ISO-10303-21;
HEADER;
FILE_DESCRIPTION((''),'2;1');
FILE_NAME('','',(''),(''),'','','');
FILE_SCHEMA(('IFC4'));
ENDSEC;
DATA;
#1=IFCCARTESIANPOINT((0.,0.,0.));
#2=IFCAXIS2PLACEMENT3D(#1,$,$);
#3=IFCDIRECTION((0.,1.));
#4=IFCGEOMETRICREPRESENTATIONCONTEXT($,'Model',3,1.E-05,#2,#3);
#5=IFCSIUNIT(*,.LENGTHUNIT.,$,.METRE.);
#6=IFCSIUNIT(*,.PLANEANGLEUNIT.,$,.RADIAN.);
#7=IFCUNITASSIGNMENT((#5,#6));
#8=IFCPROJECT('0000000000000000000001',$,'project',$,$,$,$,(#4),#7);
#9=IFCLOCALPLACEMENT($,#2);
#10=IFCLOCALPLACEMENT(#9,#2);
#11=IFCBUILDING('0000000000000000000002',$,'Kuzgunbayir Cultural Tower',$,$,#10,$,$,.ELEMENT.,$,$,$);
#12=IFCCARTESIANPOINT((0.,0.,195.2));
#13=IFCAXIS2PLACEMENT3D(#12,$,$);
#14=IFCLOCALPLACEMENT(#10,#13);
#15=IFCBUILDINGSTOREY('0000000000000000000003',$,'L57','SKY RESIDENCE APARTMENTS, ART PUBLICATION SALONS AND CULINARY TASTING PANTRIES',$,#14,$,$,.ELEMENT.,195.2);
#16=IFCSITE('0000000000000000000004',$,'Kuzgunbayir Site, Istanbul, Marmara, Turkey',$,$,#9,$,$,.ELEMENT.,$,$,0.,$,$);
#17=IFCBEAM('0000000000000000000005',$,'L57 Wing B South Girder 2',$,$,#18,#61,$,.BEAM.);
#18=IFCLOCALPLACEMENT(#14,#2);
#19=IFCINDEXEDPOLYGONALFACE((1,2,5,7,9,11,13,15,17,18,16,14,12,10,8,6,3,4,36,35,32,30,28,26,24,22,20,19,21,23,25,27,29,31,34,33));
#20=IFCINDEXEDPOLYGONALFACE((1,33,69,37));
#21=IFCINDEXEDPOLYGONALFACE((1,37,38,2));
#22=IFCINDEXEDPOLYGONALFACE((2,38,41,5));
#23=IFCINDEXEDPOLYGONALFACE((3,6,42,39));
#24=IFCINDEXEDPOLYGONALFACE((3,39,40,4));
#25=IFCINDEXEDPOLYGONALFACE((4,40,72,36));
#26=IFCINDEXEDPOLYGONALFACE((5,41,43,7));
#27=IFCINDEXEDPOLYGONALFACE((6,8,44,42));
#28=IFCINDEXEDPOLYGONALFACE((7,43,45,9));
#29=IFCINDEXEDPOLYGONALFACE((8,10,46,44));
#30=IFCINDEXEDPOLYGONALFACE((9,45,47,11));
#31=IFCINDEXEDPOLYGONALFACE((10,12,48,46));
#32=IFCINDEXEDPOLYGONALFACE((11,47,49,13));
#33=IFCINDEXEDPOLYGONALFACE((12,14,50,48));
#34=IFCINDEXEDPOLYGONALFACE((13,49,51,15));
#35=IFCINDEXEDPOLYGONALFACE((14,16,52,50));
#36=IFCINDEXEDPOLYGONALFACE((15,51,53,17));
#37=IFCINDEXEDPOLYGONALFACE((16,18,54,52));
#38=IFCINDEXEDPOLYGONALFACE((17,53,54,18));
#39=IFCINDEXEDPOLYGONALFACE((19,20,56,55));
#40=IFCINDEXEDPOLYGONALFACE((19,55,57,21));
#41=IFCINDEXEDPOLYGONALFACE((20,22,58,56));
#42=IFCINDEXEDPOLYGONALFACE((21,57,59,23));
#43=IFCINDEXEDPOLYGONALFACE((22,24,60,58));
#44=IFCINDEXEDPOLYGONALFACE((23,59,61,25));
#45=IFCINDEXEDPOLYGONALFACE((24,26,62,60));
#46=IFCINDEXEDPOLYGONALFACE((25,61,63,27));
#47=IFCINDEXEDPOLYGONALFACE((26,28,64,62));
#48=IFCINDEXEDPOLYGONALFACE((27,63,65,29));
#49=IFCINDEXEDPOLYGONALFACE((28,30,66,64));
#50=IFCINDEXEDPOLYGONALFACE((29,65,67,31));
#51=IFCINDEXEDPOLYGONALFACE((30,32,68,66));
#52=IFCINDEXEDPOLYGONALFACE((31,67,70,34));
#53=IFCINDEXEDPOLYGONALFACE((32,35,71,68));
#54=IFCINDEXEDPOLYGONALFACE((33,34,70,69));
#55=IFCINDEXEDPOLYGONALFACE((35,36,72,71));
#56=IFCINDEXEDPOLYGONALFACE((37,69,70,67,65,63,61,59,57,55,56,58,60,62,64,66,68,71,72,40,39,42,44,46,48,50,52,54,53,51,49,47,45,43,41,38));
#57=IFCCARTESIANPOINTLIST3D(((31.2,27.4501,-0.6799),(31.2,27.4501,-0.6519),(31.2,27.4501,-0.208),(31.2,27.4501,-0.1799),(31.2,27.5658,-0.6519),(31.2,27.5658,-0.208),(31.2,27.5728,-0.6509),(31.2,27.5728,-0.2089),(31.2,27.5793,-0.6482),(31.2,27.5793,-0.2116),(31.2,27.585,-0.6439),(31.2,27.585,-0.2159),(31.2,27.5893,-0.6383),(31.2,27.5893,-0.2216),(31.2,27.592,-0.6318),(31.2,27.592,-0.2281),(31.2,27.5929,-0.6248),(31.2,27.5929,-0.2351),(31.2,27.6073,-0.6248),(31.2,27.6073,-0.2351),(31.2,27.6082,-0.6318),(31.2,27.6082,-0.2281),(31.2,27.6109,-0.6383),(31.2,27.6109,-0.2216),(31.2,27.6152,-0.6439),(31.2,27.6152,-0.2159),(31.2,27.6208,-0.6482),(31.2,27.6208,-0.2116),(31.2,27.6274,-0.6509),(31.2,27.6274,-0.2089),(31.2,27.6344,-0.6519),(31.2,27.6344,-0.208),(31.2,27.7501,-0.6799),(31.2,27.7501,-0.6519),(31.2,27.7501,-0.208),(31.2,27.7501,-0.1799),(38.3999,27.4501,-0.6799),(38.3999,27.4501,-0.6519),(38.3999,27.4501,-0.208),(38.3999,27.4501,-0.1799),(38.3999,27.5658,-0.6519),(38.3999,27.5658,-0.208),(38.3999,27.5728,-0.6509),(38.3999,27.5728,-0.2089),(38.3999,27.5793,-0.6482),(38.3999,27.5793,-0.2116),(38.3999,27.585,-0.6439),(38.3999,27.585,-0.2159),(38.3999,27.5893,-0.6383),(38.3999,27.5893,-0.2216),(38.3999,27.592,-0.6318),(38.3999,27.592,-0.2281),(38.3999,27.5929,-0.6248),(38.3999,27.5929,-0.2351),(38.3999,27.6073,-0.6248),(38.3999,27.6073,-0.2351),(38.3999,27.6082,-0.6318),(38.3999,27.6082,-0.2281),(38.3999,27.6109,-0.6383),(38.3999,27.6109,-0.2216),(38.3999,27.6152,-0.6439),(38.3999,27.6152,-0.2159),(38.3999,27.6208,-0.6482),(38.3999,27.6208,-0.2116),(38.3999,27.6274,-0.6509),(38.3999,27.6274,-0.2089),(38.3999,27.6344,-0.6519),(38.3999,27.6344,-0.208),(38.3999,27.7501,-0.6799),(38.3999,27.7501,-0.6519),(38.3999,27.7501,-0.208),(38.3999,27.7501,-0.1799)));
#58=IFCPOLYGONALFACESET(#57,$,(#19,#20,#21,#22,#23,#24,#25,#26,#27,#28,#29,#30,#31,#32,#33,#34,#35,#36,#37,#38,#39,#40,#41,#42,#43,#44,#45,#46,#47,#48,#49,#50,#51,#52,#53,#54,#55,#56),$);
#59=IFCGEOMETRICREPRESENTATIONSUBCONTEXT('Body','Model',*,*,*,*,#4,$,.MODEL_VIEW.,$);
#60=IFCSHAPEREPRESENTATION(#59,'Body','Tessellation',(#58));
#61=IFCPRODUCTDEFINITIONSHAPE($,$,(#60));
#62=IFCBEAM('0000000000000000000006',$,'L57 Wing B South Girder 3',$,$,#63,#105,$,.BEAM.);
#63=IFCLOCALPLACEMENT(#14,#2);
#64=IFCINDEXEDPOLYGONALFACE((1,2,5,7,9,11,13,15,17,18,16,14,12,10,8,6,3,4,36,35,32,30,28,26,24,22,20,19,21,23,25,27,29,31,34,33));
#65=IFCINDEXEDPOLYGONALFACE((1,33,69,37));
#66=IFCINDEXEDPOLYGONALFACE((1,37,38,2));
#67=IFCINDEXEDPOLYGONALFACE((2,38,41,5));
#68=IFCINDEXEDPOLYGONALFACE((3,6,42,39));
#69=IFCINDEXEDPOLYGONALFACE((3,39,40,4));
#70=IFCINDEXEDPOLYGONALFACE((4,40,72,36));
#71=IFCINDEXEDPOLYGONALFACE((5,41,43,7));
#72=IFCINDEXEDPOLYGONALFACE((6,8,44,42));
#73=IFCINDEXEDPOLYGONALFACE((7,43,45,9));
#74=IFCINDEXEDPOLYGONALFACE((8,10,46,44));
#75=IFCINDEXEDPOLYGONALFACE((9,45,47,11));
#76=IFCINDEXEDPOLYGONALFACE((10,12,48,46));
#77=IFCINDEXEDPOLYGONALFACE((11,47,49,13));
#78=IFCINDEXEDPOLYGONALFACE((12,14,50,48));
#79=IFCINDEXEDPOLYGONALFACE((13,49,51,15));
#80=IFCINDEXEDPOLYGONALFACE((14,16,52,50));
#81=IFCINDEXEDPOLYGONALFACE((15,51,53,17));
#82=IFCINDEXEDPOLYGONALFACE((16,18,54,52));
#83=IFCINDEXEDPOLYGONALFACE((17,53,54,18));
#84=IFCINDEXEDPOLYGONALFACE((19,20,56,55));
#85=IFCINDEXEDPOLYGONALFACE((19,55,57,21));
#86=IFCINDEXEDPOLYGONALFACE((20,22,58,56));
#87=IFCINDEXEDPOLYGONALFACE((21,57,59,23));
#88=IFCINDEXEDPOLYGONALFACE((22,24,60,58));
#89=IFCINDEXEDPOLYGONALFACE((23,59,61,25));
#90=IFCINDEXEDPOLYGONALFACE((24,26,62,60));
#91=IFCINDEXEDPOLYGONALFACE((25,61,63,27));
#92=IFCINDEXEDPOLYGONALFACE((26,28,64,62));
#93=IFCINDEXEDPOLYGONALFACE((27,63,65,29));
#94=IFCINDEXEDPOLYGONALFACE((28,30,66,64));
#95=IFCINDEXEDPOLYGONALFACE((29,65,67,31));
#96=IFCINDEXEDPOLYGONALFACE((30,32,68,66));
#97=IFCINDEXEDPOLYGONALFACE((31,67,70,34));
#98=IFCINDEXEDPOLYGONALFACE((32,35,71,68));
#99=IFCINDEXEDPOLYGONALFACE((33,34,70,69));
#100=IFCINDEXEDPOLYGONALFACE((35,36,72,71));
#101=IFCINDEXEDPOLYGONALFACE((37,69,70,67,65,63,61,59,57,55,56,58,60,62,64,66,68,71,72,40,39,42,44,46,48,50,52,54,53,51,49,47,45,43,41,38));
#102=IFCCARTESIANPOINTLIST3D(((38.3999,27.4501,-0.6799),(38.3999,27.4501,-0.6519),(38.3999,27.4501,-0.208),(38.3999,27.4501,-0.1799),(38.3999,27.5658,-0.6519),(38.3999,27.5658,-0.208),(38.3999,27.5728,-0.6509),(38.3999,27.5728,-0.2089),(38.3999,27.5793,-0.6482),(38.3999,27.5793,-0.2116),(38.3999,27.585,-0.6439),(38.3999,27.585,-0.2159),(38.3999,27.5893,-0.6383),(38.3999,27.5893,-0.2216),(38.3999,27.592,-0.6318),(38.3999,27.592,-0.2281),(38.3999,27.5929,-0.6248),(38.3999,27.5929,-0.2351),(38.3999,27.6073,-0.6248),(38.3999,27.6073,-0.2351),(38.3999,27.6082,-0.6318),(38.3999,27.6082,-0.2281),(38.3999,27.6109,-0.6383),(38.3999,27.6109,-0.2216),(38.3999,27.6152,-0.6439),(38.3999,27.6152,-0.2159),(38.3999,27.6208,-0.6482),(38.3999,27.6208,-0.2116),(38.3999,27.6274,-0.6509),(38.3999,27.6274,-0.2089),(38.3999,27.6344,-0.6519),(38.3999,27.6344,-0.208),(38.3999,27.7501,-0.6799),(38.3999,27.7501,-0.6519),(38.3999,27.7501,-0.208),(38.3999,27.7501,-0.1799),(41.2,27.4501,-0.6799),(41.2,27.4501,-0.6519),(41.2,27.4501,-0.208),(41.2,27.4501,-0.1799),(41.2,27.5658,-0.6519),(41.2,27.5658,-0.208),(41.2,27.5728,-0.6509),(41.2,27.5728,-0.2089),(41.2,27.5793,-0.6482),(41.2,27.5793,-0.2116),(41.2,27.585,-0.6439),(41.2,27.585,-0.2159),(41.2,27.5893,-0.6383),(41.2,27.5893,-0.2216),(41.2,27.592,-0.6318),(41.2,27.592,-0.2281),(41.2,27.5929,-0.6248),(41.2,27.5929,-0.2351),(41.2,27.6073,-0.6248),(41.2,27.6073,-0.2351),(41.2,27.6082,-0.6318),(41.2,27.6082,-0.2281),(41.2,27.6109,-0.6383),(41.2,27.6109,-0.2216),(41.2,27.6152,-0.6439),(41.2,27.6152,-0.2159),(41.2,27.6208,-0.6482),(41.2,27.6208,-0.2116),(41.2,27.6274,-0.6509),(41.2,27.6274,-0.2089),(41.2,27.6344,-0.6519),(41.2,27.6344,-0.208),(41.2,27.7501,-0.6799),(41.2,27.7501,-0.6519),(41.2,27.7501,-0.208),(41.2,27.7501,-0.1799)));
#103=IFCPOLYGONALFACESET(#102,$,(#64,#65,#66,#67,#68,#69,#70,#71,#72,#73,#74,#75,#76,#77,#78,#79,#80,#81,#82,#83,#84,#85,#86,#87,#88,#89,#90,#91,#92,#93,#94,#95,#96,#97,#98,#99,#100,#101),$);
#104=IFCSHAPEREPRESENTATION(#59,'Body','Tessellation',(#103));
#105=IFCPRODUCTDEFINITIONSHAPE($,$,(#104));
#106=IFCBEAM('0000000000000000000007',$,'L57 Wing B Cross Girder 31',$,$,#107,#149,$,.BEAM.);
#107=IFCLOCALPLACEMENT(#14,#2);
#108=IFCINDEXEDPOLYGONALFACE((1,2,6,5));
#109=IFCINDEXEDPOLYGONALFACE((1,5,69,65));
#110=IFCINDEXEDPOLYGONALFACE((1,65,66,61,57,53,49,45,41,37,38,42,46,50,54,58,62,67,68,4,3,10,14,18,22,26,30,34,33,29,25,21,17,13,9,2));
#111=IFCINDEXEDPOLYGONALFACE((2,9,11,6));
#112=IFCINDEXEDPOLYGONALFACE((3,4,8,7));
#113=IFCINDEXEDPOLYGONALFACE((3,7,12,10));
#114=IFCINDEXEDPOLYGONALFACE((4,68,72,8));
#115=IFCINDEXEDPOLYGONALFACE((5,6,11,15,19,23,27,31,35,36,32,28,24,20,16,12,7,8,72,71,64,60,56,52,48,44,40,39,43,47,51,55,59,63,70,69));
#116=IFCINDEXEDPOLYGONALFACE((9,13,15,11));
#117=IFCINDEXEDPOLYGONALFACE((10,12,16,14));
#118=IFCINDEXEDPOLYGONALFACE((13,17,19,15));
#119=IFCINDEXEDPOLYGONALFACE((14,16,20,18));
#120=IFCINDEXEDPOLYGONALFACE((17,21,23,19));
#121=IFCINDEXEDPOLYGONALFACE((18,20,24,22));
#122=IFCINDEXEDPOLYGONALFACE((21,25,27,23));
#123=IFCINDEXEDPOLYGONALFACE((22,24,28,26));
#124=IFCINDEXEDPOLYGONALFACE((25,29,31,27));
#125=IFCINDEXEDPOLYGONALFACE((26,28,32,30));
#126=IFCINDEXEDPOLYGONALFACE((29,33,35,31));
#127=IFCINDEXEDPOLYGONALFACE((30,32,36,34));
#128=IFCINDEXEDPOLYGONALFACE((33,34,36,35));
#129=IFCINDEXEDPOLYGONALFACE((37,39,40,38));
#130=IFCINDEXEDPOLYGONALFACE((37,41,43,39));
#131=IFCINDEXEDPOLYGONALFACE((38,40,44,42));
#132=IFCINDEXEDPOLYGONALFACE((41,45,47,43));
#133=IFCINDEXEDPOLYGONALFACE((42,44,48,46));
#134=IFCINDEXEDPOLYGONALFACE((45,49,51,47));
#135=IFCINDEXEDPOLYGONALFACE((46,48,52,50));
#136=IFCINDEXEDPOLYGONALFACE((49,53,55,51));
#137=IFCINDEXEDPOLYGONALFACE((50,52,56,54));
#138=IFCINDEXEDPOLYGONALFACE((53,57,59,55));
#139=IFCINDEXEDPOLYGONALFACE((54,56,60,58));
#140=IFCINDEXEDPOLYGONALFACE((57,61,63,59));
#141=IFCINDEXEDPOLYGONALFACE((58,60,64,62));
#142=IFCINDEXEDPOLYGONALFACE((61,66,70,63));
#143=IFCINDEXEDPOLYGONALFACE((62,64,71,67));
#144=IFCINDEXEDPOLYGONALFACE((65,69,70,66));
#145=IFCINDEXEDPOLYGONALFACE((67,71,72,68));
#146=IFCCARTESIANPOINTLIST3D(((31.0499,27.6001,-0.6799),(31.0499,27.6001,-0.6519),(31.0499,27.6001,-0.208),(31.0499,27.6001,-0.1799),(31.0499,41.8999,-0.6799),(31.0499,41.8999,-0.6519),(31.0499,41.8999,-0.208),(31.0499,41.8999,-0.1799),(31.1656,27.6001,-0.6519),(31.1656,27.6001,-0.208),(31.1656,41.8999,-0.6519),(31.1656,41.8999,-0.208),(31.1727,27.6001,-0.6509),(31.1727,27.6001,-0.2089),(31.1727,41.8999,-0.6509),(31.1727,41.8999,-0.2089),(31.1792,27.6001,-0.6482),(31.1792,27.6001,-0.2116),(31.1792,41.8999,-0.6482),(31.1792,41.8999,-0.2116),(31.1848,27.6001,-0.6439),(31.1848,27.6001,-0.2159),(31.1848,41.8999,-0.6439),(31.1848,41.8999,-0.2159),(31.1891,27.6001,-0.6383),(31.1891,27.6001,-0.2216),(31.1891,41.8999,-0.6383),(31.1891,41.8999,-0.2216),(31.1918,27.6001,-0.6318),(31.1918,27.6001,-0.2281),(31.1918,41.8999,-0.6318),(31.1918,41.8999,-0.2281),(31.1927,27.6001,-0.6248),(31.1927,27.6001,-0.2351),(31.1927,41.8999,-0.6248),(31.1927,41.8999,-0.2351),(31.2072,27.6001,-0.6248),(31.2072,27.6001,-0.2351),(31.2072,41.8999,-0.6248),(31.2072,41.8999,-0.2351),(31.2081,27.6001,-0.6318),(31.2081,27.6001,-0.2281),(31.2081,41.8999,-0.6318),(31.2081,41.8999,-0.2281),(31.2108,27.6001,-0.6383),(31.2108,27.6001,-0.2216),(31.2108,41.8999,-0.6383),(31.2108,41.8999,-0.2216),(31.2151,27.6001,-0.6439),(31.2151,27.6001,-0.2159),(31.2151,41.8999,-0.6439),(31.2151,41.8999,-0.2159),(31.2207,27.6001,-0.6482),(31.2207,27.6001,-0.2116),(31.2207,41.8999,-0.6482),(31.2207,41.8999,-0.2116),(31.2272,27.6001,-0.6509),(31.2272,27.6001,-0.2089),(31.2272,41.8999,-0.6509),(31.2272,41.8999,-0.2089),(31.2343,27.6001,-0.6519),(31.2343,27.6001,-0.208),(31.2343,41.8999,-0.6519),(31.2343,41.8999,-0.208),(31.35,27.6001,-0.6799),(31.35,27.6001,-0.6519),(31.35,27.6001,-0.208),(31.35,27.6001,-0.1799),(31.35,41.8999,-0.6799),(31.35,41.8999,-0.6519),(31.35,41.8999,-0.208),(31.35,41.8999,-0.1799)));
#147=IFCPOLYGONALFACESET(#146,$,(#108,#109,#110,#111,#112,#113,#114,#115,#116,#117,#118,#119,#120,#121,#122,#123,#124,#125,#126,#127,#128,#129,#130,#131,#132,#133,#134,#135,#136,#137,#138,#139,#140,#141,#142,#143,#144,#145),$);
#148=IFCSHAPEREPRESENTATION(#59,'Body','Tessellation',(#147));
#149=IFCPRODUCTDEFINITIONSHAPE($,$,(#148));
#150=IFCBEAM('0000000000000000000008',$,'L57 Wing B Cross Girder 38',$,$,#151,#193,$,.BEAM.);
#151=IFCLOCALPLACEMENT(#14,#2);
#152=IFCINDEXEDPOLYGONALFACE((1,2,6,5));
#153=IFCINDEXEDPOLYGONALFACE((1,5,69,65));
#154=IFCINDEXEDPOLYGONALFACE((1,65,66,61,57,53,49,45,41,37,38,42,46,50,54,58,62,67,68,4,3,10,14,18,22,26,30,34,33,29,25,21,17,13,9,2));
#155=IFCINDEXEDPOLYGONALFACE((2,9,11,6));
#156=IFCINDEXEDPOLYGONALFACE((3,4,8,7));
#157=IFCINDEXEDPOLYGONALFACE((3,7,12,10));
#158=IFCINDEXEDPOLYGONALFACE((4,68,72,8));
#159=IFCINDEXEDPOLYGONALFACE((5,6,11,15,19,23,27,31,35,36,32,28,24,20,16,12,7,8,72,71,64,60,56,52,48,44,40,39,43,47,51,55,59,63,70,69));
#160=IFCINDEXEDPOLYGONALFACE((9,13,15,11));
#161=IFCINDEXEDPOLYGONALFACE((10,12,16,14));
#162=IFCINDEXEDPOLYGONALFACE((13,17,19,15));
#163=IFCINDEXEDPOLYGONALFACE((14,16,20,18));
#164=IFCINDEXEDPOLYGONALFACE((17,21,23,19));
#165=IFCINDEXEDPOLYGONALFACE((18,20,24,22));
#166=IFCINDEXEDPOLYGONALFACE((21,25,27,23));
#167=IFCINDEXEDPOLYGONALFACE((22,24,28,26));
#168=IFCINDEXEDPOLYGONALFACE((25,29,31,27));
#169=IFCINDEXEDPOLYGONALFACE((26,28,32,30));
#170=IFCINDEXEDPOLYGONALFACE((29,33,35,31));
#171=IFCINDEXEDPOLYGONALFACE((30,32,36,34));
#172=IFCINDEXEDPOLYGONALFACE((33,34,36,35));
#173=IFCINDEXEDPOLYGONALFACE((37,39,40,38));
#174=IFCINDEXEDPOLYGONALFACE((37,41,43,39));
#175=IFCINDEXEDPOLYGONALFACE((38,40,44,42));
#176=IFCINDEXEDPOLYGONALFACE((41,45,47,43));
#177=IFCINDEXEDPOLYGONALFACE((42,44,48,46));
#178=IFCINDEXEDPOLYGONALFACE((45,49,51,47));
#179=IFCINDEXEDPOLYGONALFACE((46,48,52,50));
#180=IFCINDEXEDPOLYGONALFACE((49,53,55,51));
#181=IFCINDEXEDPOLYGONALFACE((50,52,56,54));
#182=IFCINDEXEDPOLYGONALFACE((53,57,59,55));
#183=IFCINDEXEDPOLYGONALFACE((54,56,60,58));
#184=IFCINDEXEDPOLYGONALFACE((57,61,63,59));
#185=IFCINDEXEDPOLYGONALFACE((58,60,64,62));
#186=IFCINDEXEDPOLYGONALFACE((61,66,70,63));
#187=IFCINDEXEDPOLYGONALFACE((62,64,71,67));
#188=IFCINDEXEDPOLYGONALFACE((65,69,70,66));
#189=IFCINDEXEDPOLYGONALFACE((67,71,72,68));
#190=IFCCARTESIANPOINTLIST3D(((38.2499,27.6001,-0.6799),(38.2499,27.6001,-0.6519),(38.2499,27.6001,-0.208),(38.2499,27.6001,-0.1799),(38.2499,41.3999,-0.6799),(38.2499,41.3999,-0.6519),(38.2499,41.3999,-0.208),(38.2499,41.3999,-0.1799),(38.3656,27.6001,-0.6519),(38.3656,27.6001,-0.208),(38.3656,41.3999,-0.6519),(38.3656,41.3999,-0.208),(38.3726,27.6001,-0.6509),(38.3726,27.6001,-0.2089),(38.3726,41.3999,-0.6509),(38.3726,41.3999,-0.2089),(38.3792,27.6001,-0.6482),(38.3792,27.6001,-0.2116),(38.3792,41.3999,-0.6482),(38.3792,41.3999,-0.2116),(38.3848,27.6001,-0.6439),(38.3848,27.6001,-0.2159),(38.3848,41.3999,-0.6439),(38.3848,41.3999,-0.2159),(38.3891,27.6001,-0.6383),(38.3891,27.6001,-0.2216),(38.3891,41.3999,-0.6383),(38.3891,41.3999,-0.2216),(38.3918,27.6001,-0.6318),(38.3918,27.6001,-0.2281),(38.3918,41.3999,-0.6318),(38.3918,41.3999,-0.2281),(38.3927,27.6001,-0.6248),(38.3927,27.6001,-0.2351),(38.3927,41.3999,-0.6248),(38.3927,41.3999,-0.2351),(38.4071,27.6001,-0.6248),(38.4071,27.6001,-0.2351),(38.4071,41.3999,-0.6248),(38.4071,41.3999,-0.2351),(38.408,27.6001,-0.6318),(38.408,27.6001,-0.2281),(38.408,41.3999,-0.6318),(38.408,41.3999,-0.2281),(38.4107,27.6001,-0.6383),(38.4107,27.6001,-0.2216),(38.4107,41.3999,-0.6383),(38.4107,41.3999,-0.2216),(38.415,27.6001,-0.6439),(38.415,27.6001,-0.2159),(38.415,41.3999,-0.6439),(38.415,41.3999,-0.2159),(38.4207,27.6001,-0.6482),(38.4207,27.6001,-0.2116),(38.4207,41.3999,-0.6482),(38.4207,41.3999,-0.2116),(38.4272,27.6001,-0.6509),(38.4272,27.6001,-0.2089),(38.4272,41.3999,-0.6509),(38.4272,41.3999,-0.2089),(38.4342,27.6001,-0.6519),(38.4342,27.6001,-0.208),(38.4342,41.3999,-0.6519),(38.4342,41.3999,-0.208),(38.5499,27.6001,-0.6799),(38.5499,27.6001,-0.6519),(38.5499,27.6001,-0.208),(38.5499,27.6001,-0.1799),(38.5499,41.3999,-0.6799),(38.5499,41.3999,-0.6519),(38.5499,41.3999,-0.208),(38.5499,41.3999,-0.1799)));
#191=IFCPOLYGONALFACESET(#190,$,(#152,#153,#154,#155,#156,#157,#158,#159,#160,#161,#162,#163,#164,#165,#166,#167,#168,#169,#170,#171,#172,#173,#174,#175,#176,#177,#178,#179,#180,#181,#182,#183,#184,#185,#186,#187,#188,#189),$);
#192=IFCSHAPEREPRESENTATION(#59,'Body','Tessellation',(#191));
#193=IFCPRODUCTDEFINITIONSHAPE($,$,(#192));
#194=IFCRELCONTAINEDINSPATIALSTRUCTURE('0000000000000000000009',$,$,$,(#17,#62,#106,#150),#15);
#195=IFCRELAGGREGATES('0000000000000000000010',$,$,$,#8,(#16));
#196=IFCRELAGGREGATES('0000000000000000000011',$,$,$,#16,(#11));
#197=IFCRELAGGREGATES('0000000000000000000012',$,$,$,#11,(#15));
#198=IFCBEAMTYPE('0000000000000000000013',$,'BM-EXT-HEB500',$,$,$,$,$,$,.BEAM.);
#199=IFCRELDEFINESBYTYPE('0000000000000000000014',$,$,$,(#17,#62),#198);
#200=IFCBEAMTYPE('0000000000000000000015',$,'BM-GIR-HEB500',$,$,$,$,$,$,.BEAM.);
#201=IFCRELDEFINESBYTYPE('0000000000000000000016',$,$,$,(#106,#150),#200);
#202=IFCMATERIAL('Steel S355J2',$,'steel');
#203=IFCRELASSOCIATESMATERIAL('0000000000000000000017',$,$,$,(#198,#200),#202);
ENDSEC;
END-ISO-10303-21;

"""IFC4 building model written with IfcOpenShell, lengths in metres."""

from ifc_helpers import new_model, si_unit, direction, frame, origin, origin_2d, place, context, subcontext, project, spatial, i_section, extrude, material, material_profile, profile_set, type_object, element, save


model = new_model("IFC4")

# Units and contexts
model_context = context("Model", 3, precision=1e-05, world=origin(), true_north=direction((0.0, 1.0)))
body_context = subcontext(model_context, "Body", "Model", "MODEL_VIEW")
ifc_project = project(units=[si_unit("LENGTHUNIT", "METRE"), si_unit("PLANEANGLEUNIT", "RADIAN")], contexts=[model_context])

# Site, building, storey
site_placement = place(None, origin())
site = spatial("IfcSite", under=ifc_project, at=site_placement, Name="Kuzgunbayir Site, Istanbul, Marmara, Turkey", CompositionType="ELEMENT", RefElevation=0.0)
building_placement = place(site_placement, origin())
building = spatial("IfcBuilding", under=site, at=building_placement, Name="Kuzgunbayir Cultural Tower", CompositionType="ELEMENT")
storey_placement = place(building_placement, frame((0.0, 0.0, 195.2)))
storey = spatial("IfcBuildingStorey", under=building, at=storey_placement, Name="L57", Description="SKY RESIDENCE APARTMENTS, ART PUBLICATION SALONS AND CULINARY TASTING PANTRIES", CompositionType="ELEMENT", Elevation=195.2)

# Beams
ifc_material_1 = material(Name="Steel S355J2", Category="steel")
ifc_material_profile_1 = material_profile(ifc_material_1, i_section(OverallWidth=0.3, OverallDepth=0.5, WebThickness=0.0144, FlangeThickness=0.0281, FilletRadius=0.0271, at=origin_2d()), Name="HEB 500")
ifc_profile_set_1 = profile_set([ifc_material_profile_1], Name="Steel S355J2")
beam_type_1 = type_object("IfcBeamType", Name="BM-EXT-HEB500", PredefinedType="BEAM", material=ifc_profile_set_1)
beam_1_placement = place(storey_placement, frame((31.2, 27.6001, -0.4299), z_axis=(1.0, 0.0, 0.0), x_axis=(0.0, 1.0, 0.0)))
element("IfcBeam", 1, at=beam_1_placement, inside=storey, type_object=beam_type_1, Name="L57 Wing B South Girder 2", PredefinedType="BEAM", context=body_context, shape_type="SweptSolid", body=[
    extrude(i_section(OverallWidth=0.3, OverallDepth=0.5, WebThickness=0.0144, FlangeThickness=0.0281, FilletRadius=0.0271, at=origin_2d()), origin(), (0.0, 0.0, 1.0), 7.2),
])
beam_2_placement = place(storey_placement, frame((38.3999, 27.6001, -0.4299), z_axis=(1.0, 0.0, 0.0), x_axis=(0.0, 1.0, 0.0)))
element("IfcBeam", 2, at=beam_2_placement, inside=storey, type_object=beam_type_1, Name="L57 Wing B South Girder 3", PredefinedType="BEAM", context=body_context, shape_type="SweptSolid", body=[
    extrude(i_section(OverallWidth=0.3, OverallDepth=0.5, WebThickness=0.0144, FlangeThickness=0.0281, FilletRadius=0.0271, at=origin_2d()), origin(), (0.0, 0.0, 1.0), 2.8),
])
ifc_material_profile_2 = material_profile(ifc_material_1, i_section(OverallWidth=0.3, OverallDepth=0.5, WebThickness=0.0144, FlangeThickness=0.0281, FilletRadius=0.0271, at=origin_2d()), Name="HEB 500")
ifc_profile_set_2 = profile_set([ifc_material_profile_2], Name="Steel S355J2")
beam_type_2 = type_object("IfcBeamType", Name="BM-GIR-HEB500", PredefinedType="BEAM", material=ifc_profile_set_2)
beam_3_placement = place(storey_placement, frame((31.2, 27.6001, -0.4299), z_axis=(0.0, 1.0, 0.0), x_axis=(-1.0, 0.0, 0.0)))
element("IfcBeam", 3, at=beam_3_placement, inside=storey, type_object=beam_type_2, Name="L57 Wing B Cross Girder 31", PredefinedType="BEAM", context=body_context, shape_type="SweptSolid", body=[
    extrude(i_section(OverallWidth=0.3, OverallDepth=0.5, WebThickness=0.0144, FlangeThickness=0.0281, FilletRadius=0.0271, at=origin_2d()), origin(), (0.0, 0.0, 1.0), 14.2998),
])
beam_4_placement = place(storey_placement, frame((38.3999, 27.6001, -0.4299), z_axis=(0.0, 1.0, 0.0), x_axis=(-1.0, 0.0, 0.0)))
element("IfcBeam", 4, at=beam_4_placement, inside=storey, type_object=beam_type_2, Name="L57 Wing B Cross Girder 38", PredefinedType="BEAM", context=body_context, shape_type="SweptSolid", body=[
    extrude(i_section(OverallWidth=0.3, OverallDepth=0.5, WebThickness=0.0144, FlangeThickness=0.0281, FilletRadius=0.0271, at=origin_2d()), origin(), (0.0, 0.0, 1.0), 13.7998),
])

save(model, "model.ifc")
